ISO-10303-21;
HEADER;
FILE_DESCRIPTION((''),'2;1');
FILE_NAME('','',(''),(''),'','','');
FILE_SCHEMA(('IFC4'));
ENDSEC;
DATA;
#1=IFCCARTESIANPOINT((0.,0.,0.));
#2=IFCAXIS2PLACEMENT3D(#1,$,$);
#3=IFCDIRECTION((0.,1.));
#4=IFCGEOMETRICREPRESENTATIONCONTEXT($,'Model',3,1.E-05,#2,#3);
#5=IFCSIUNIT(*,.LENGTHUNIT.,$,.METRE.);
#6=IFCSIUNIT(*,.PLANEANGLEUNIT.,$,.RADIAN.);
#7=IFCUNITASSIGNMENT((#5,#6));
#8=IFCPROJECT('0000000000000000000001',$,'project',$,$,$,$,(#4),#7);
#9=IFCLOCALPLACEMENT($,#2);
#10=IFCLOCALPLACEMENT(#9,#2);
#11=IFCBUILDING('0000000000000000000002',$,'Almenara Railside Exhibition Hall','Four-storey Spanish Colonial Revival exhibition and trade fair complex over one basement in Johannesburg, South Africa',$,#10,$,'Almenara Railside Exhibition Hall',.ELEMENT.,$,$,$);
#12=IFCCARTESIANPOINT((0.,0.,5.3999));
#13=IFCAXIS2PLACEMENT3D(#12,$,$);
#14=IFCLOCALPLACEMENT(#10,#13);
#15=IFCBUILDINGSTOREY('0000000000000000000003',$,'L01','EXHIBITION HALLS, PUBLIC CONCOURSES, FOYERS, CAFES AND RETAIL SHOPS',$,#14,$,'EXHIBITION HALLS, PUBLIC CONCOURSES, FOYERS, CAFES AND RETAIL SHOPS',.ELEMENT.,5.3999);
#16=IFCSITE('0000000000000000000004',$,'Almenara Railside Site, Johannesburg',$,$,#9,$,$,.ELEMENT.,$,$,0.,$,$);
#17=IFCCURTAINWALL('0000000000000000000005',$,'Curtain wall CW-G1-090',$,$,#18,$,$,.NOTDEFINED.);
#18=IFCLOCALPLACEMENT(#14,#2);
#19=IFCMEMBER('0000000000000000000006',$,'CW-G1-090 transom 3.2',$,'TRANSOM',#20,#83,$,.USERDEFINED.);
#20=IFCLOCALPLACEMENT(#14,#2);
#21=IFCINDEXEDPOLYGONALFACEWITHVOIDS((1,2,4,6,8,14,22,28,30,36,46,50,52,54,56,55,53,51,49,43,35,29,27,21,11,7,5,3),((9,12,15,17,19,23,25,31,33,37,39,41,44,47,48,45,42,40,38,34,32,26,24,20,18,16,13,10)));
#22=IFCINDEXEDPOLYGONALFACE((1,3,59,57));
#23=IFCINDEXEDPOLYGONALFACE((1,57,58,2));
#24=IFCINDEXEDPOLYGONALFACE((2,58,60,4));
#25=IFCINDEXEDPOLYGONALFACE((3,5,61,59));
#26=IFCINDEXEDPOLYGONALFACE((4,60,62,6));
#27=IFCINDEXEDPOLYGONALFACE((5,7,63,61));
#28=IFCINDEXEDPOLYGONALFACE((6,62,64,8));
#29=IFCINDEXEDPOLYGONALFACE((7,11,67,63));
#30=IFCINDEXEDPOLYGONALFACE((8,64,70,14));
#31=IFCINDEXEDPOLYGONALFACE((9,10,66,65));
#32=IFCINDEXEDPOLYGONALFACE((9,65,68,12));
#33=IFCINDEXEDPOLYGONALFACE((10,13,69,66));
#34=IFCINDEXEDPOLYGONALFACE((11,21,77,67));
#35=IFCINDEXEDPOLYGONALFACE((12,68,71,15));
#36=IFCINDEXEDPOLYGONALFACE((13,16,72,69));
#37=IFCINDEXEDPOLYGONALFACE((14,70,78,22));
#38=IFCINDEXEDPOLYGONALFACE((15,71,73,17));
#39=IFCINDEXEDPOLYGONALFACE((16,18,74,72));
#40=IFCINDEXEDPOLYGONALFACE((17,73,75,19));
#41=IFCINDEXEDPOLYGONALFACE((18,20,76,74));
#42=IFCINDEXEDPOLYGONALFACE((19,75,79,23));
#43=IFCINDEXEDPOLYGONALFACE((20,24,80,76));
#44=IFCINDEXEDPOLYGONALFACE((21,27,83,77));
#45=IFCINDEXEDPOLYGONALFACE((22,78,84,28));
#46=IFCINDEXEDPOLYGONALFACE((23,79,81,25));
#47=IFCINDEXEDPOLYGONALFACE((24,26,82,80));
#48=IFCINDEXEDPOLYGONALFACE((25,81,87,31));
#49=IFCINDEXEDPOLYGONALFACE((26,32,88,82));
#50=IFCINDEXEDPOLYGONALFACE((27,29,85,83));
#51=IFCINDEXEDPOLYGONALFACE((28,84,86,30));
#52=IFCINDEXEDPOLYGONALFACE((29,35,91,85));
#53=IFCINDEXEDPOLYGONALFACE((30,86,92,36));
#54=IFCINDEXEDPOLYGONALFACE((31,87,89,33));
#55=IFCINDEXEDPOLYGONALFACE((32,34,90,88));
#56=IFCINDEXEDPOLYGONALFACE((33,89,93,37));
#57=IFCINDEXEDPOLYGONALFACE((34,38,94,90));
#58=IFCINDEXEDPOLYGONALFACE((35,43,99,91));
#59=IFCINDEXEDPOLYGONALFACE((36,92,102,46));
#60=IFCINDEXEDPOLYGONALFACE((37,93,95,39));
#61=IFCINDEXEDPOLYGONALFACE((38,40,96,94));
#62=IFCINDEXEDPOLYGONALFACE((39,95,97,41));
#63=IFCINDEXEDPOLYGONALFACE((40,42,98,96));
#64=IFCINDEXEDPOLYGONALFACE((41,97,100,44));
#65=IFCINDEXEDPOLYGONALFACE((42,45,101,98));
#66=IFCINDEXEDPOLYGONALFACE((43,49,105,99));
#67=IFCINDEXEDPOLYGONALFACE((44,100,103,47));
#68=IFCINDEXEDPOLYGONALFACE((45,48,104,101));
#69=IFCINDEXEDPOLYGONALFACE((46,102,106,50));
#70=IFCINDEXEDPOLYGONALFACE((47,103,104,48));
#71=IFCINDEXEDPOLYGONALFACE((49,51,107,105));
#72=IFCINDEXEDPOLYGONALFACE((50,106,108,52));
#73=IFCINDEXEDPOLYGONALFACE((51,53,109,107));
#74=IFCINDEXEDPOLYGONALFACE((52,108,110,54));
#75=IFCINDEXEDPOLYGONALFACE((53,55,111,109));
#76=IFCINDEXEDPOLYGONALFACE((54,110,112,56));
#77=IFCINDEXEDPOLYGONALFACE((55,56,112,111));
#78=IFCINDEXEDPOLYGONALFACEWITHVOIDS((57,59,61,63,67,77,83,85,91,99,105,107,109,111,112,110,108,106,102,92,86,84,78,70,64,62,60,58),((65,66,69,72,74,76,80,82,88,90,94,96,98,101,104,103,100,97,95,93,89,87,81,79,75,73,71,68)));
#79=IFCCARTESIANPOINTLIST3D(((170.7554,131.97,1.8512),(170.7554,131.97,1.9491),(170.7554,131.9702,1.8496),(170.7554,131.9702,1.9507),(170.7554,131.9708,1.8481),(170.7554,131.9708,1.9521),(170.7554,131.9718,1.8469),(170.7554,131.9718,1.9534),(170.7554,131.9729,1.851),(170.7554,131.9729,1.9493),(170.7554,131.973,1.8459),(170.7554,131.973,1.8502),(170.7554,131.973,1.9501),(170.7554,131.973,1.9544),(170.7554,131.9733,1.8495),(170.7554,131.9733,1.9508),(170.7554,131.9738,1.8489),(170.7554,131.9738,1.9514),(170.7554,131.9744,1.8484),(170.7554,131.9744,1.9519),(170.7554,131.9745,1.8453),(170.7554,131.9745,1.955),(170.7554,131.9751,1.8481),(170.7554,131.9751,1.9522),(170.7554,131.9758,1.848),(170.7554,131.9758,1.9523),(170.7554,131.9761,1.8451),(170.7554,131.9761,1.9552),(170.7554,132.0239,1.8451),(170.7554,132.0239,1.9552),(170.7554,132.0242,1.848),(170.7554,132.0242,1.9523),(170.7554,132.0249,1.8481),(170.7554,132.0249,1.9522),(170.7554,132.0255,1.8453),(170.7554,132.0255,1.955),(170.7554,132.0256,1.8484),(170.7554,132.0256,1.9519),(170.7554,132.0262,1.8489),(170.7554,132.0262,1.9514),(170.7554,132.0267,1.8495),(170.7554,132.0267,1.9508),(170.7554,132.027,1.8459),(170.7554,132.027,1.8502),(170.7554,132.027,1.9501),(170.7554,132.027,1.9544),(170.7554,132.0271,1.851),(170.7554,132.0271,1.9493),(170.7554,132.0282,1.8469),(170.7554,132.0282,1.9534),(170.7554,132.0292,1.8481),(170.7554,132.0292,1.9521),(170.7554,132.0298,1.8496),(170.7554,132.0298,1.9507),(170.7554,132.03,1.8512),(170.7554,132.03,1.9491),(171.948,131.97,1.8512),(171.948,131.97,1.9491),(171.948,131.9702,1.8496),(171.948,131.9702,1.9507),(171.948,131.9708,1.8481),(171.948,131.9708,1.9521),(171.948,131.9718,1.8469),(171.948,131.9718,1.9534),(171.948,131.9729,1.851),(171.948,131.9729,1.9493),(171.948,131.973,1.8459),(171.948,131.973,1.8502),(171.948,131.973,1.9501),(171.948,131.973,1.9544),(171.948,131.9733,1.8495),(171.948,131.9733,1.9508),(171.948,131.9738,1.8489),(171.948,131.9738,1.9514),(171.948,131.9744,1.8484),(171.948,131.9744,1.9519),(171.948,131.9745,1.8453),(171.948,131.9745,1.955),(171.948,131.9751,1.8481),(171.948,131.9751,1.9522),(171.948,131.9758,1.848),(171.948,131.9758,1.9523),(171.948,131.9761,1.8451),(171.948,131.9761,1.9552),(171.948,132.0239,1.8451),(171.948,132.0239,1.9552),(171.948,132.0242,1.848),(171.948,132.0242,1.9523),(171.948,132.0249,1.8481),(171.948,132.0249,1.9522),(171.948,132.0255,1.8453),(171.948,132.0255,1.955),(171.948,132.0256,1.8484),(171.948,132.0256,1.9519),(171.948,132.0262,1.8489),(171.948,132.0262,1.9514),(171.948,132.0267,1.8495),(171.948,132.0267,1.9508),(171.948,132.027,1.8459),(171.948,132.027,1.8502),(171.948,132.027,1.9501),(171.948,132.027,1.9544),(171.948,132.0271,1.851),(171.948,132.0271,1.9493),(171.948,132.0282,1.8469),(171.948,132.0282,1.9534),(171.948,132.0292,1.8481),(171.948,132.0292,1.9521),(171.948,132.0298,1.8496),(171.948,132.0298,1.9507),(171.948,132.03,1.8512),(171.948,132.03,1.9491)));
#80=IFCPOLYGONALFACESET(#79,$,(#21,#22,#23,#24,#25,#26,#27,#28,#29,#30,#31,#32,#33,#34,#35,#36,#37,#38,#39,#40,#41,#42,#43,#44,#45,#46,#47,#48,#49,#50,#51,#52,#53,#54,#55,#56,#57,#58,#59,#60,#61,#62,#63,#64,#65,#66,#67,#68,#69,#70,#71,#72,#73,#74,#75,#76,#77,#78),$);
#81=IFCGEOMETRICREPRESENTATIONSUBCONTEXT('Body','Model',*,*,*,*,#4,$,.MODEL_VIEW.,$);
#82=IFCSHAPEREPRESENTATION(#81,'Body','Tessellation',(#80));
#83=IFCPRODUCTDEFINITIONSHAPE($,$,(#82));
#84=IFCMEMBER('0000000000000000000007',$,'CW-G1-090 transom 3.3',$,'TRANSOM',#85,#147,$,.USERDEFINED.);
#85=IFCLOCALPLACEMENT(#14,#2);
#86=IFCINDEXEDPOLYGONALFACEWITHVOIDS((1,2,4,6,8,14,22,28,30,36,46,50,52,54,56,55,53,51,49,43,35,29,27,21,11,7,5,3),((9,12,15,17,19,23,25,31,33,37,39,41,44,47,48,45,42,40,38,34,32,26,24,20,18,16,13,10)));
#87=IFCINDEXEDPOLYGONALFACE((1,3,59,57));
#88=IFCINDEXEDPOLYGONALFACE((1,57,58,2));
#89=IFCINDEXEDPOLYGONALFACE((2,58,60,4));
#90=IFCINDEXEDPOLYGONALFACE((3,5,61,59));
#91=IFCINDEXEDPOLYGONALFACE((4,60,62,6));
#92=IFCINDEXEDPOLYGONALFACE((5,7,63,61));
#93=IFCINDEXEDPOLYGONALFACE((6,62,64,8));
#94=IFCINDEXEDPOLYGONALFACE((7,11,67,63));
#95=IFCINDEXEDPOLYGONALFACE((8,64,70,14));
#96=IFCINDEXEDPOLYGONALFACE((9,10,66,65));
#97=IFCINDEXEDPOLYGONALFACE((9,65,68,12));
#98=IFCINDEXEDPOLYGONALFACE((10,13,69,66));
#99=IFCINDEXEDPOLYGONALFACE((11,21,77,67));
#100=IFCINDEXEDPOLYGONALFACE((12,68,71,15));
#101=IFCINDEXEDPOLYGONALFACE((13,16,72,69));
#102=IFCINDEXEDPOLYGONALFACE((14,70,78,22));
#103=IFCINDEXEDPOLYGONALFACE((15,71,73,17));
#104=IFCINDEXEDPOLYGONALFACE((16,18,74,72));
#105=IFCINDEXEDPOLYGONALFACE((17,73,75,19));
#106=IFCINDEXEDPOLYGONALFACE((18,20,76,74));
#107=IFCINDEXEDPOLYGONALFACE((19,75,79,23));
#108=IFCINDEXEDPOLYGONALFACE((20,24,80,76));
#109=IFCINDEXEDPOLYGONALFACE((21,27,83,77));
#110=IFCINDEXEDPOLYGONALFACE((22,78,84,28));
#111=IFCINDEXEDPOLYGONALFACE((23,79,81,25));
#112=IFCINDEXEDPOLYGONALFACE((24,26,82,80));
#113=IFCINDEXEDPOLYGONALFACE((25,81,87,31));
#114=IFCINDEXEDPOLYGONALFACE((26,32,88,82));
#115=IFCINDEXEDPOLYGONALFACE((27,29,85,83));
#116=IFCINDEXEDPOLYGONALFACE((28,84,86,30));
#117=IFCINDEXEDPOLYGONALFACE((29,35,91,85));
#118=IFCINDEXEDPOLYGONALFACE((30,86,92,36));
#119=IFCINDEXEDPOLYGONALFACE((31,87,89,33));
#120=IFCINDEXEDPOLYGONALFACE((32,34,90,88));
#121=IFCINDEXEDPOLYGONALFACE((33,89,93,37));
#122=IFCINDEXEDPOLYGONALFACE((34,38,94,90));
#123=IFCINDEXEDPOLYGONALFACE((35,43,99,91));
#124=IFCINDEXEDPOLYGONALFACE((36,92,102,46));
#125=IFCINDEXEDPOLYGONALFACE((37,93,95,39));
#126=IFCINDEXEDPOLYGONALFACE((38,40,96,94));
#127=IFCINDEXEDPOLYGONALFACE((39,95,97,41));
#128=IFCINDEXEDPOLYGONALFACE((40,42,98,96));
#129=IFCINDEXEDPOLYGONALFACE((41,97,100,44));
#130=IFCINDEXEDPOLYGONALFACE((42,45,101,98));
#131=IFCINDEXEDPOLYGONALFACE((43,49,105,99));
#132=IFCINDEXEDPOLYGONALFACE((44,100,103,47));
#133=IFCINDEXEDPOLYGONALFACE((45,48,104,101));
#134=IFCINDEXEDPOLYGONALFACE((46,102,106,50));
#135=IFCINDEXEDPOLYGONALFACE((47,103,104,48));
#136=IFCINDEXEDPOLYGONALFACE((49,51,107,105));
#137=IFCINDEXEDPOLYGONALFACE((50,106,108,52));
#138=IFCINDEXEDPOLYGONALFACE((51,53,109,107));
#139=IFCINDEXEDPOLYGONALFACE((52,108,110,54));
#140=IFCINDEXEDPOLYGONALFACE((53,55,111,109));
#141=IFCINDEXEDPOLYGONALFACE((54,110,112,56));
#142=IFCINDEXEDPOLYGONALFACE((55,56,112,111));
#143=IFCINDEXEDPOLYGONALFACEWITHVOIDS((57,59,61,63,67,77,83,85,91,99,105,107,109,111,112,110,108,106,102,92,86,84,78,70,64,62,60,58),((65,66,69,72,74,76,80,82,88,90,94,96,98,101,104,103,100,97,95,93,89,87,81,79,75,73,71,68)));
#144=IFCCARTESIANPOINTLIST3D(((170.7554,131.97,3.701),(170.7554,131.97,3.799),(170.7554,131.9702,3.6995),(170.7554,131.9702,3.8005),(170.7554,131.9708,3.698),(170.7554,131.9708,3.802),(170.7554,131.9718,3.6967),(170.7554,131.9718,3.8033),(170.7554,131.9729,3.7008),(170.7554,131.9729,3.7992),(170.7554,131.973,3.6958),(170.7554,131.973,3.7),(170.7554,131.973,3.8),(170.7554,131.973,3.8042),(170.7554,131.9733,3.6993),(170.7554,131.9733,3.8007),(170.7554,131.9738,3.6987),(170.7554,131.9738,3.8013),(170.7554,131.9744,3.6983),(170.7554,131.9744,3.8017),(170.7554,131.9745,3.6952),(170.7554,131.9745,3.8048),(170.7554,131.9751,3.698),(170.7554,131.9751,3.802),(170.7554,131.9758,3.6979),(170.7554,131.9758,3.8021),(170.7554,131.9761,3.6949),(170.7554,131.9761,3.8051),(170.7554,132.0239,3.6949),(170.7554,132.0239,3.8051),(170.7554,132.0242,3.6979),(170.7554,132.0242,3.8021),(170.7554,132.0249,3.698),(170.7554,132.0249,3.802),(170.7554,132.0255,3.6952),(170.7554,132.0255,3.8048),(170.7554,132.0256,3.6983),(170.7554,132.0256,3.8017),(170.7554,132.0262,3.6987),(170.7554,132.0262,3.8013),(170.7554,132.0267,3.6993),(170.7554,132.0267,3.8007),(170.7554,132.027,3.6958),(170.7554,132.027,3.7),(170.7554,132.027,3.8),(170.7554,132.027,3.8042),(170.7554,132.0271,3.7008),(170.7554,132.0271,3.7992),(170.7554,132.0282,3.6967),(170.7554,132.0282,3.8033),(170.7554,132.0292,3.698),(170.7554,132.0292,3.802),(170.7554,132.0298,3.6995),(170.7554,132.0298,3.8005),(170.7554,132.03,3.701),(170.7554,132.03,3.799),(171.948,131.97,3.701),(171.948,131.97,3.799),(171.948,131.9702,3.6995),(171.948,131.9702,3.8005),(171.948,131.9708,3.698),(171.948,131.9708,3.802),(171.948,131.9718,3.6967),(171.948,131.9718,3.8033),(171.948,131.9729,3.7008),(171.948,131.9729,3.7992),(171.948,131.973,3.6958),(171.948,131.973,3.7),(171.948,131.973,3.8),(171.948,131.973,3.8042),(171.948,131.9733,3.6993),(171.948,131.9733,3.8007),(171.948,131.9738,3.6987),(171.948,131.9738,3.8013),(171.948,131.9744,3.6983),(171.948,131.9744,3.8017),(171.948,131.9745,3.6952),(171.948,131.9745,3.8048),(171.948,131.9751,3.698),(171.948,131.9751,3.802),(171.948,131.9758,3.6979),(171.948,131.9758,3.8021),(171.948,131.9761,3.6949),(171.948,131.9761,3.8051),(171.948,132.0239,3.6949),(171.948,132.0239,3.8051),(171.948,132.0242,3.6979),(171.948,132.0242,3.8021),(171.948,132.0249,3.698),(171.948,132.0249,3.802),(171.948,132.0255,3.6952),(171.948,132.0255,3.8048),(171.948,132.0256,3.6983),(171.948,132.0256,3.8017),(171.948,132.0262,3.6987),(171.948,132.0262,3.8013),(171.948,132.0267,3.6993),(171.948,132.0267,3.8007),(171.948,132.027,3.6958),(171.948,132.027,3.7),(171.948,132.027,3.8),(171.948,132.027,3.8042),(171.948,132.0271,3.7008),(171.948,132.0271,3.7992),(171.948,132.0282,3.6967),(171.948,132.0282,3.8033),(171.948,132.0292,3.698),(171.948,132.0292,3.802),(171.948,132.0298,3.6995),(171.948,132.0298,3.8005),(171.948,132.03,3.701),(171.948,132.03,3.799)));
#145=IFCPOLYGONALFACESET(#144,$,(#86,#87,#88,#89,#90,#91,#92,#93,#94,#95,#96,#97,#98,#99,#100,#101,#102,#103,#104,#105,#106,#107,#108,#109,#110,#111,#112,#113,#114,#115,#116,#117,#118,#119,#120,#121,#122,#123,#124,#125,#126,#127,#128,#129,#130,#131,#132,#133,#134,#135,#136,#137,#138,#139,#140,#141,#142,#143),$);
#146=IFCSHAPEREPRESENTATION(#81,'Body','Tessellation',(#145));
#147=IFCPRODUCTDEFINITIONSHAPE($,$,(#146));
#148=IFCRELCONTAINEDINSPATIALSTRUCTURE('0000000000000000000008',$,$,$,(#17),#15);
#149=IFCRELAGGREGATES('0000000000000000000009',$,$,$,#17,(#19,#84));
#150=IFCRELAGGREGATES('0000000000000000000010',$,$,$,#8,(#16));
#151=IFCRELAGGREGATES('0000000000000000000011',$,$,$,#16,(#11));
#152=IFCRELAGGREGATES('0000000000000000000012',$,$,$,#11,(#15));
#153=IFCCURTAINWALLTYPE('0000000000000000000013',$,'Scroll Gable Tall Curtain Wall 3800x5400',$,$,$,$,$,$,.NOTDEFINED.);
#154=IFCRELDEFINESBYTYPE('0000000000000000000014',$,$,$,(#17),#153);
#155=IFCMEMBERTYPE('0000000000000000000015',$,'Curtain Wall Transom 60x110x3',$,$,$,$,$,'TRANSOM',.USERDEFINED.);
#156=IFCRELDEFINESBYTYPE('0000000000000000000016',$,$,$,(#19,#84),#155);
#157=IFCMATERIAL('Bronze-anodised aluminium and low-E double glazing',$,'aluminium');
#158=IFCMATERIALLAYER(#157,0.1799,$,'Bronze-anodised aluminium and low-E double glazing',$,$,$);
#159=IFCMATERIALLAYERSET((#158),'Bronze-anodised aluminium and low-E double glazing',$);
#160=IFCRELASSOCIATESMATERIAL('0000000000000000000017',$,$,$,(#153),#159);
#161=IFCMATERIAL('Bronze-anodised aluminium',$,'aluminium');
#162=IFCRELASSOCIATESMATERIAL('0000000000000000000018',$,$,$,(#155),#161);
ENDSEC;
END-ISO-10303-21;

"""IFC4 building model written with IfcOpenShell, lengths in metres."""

from ifc_helpers import new_model, si_unit, direction, frame, origin, origin_2d, place, context, subcontext, project, spatial, hollow_rectangle, extrude, material, layer, layer_set, material_profile, profile_set, type_object, element, aggregate, save


model = new_model("IFC4")

# Units and contexts
model_context = context("Model", 3, precision=1e-05, world=origin(), true_north=direction((0.0, 1.0)))
body_context = subcontext(model_context, "Body", "Model", "MODEL_VIEW")
ifc_project = project(units=[si_unit("LENGTHUNIT", "METRE"), si_unit("PLANEANGLEUNIT", "RADIAN")], contexts=[model_context])

# Site, building, storey
site_placement = place(None, origin())
site = spatial("IfcSite", under=ifc_project, at=site_placement, Name="Almenara Railside Site, Johannesburg", CompositionType="ELEMENT", RefElevation=0.0)
building_placement = place(site_placement, origin())
building = spatial("IfcBuilding", under=site, at=building_placement, Name="Almenara Railside Exhibition Hall", Description="Four-storey Spanish Colonial Revival exhibition and trade fair complex over one basement in Johannesburg, South Africa", LongName="Almenara Railside Exhibition Hall", CompositionType="ELEMENT")
storey_placement = place(building_placement, frame((0.0, 0.0, 5.3999)))
storey = spatial("IfcBuildingStorey", under=building, at=storey_placement, Name="L01", Description="EXHIBITION HALLS, PUBLIC CONCOURSES, FOYERS, CAFES AND RETAIL SHOPS", LongName="EXHIBITION HALLS, PUBLIC CONCOURSES, FOYERS, CAFES AND RETAIL SHOPS", CompositionType="ELEMENT", Elevation=5.3999)

# Shared definitions
ifc_material_1 = material(Name="Bronze-anodised aluminium and low-E double glazing", Category="aluminium")
ifc_material_2 = material(Name="Bronze-anodised aluminium", Category="aluminium")

# Curtain wall
ifc_layer_1 = layer(ifc_material_1, 0.1799, Name="Bronze-anodised aluminium and low-E double glazing")
ifc_layer_set_1 = layer_set([ifc_layer_1], Name="Bronze-anodised aluminium and low-E double glazing")
curtain_wall_type_1 = type_object("IfcCurtainWallType", Name="Scroll Gable Tall Curtain Wall 3800x5400", PredefinedType="NOTDEFINED", material=ifc_layer_set_1)
curtain_wall_1_placement = place(storey_placement, origin())
curtain_wall_1 = element("IfcCurtainWall", 1, at=curtain_wall_1_placement, inside=storey, type_object=curtain_wall_type_1, Name="Curtain wall CW-G1-090", PredefinedType="NOTDEFINED")

# Members
ifc_material_profile_1 = material_profile(ifc_material_2, hollow_rectangle(XDim=0.0601, YDim=0.1101, WallThickness=0.0029, InnerFilletRadius=0.0029, OuterFilletRadius=0.0061, at=origin_2d()), Name="ALU-TRN 60x110x3")
ifc_profile_set_1 = profile_set([ifc_material_profile_1], Name="Bronze-anodised aluminium")
member_type_1 = type_object("IfcMemberType", Name="Curtain Wall Transom 60x110x3", ElementType="TRANSOM", PredefinedType="USERDEFINED", material=ifc_profile_set_1)
member_1_placement = place(storey_placement, frame((170.7554, 132.0, 1.9001), z_axis=(1.0, 0.0, 0.0), x_axis=(0.0, 1.0, 0.0)))
member_1 = element("IfcMember", 2, at=member_1_placement, type_object=member_type_1, Name="CW-G1-090 transom 3.2", ObjectType="TRANSOM", PredefinedType="USERDEFINED", context=body_context, shape_type="SweptSolid", body=[
    extrude(hollow_rectangle(XDim=0.0601, YDim=0.1101, WallThickness=0.0029, InnerFilletRadius=0.0029, OuterFilletRadius=0.0061, at=origin_2d()), origin(), (0.0, 0.0, 1.0), 1.1926),
])
member_2_placement = place(storey_placement, frame((170.7554, 132.0, 3.75), z_axis=(1.0, 0.0, 0.0), x_axis=(0.0, 1.0, 0.0)))
member_2 = element("IfcMember", 3, at=member_2_placement, type_object=member_type_1, Name="CW-G1-090 transom 3.3", ObjectType="TRANSOM", PredefinedType="USERDEFINED", context=body_context, shape_type="SweptSolid", body=[
    extrude(hollow_rectangle(XDim=0.0601, YDim=0.1101, WallThickness=0.0029, InnerFilletRadius=0.0029, OuterFilletRadius=0.0061, at=origin_2d()), origin(), (0.0, 0.0, 1.0), 1.1926),
])

aggregate(curtain_wall_1, [member_1, member_2])

save(model, "model.ifc")
